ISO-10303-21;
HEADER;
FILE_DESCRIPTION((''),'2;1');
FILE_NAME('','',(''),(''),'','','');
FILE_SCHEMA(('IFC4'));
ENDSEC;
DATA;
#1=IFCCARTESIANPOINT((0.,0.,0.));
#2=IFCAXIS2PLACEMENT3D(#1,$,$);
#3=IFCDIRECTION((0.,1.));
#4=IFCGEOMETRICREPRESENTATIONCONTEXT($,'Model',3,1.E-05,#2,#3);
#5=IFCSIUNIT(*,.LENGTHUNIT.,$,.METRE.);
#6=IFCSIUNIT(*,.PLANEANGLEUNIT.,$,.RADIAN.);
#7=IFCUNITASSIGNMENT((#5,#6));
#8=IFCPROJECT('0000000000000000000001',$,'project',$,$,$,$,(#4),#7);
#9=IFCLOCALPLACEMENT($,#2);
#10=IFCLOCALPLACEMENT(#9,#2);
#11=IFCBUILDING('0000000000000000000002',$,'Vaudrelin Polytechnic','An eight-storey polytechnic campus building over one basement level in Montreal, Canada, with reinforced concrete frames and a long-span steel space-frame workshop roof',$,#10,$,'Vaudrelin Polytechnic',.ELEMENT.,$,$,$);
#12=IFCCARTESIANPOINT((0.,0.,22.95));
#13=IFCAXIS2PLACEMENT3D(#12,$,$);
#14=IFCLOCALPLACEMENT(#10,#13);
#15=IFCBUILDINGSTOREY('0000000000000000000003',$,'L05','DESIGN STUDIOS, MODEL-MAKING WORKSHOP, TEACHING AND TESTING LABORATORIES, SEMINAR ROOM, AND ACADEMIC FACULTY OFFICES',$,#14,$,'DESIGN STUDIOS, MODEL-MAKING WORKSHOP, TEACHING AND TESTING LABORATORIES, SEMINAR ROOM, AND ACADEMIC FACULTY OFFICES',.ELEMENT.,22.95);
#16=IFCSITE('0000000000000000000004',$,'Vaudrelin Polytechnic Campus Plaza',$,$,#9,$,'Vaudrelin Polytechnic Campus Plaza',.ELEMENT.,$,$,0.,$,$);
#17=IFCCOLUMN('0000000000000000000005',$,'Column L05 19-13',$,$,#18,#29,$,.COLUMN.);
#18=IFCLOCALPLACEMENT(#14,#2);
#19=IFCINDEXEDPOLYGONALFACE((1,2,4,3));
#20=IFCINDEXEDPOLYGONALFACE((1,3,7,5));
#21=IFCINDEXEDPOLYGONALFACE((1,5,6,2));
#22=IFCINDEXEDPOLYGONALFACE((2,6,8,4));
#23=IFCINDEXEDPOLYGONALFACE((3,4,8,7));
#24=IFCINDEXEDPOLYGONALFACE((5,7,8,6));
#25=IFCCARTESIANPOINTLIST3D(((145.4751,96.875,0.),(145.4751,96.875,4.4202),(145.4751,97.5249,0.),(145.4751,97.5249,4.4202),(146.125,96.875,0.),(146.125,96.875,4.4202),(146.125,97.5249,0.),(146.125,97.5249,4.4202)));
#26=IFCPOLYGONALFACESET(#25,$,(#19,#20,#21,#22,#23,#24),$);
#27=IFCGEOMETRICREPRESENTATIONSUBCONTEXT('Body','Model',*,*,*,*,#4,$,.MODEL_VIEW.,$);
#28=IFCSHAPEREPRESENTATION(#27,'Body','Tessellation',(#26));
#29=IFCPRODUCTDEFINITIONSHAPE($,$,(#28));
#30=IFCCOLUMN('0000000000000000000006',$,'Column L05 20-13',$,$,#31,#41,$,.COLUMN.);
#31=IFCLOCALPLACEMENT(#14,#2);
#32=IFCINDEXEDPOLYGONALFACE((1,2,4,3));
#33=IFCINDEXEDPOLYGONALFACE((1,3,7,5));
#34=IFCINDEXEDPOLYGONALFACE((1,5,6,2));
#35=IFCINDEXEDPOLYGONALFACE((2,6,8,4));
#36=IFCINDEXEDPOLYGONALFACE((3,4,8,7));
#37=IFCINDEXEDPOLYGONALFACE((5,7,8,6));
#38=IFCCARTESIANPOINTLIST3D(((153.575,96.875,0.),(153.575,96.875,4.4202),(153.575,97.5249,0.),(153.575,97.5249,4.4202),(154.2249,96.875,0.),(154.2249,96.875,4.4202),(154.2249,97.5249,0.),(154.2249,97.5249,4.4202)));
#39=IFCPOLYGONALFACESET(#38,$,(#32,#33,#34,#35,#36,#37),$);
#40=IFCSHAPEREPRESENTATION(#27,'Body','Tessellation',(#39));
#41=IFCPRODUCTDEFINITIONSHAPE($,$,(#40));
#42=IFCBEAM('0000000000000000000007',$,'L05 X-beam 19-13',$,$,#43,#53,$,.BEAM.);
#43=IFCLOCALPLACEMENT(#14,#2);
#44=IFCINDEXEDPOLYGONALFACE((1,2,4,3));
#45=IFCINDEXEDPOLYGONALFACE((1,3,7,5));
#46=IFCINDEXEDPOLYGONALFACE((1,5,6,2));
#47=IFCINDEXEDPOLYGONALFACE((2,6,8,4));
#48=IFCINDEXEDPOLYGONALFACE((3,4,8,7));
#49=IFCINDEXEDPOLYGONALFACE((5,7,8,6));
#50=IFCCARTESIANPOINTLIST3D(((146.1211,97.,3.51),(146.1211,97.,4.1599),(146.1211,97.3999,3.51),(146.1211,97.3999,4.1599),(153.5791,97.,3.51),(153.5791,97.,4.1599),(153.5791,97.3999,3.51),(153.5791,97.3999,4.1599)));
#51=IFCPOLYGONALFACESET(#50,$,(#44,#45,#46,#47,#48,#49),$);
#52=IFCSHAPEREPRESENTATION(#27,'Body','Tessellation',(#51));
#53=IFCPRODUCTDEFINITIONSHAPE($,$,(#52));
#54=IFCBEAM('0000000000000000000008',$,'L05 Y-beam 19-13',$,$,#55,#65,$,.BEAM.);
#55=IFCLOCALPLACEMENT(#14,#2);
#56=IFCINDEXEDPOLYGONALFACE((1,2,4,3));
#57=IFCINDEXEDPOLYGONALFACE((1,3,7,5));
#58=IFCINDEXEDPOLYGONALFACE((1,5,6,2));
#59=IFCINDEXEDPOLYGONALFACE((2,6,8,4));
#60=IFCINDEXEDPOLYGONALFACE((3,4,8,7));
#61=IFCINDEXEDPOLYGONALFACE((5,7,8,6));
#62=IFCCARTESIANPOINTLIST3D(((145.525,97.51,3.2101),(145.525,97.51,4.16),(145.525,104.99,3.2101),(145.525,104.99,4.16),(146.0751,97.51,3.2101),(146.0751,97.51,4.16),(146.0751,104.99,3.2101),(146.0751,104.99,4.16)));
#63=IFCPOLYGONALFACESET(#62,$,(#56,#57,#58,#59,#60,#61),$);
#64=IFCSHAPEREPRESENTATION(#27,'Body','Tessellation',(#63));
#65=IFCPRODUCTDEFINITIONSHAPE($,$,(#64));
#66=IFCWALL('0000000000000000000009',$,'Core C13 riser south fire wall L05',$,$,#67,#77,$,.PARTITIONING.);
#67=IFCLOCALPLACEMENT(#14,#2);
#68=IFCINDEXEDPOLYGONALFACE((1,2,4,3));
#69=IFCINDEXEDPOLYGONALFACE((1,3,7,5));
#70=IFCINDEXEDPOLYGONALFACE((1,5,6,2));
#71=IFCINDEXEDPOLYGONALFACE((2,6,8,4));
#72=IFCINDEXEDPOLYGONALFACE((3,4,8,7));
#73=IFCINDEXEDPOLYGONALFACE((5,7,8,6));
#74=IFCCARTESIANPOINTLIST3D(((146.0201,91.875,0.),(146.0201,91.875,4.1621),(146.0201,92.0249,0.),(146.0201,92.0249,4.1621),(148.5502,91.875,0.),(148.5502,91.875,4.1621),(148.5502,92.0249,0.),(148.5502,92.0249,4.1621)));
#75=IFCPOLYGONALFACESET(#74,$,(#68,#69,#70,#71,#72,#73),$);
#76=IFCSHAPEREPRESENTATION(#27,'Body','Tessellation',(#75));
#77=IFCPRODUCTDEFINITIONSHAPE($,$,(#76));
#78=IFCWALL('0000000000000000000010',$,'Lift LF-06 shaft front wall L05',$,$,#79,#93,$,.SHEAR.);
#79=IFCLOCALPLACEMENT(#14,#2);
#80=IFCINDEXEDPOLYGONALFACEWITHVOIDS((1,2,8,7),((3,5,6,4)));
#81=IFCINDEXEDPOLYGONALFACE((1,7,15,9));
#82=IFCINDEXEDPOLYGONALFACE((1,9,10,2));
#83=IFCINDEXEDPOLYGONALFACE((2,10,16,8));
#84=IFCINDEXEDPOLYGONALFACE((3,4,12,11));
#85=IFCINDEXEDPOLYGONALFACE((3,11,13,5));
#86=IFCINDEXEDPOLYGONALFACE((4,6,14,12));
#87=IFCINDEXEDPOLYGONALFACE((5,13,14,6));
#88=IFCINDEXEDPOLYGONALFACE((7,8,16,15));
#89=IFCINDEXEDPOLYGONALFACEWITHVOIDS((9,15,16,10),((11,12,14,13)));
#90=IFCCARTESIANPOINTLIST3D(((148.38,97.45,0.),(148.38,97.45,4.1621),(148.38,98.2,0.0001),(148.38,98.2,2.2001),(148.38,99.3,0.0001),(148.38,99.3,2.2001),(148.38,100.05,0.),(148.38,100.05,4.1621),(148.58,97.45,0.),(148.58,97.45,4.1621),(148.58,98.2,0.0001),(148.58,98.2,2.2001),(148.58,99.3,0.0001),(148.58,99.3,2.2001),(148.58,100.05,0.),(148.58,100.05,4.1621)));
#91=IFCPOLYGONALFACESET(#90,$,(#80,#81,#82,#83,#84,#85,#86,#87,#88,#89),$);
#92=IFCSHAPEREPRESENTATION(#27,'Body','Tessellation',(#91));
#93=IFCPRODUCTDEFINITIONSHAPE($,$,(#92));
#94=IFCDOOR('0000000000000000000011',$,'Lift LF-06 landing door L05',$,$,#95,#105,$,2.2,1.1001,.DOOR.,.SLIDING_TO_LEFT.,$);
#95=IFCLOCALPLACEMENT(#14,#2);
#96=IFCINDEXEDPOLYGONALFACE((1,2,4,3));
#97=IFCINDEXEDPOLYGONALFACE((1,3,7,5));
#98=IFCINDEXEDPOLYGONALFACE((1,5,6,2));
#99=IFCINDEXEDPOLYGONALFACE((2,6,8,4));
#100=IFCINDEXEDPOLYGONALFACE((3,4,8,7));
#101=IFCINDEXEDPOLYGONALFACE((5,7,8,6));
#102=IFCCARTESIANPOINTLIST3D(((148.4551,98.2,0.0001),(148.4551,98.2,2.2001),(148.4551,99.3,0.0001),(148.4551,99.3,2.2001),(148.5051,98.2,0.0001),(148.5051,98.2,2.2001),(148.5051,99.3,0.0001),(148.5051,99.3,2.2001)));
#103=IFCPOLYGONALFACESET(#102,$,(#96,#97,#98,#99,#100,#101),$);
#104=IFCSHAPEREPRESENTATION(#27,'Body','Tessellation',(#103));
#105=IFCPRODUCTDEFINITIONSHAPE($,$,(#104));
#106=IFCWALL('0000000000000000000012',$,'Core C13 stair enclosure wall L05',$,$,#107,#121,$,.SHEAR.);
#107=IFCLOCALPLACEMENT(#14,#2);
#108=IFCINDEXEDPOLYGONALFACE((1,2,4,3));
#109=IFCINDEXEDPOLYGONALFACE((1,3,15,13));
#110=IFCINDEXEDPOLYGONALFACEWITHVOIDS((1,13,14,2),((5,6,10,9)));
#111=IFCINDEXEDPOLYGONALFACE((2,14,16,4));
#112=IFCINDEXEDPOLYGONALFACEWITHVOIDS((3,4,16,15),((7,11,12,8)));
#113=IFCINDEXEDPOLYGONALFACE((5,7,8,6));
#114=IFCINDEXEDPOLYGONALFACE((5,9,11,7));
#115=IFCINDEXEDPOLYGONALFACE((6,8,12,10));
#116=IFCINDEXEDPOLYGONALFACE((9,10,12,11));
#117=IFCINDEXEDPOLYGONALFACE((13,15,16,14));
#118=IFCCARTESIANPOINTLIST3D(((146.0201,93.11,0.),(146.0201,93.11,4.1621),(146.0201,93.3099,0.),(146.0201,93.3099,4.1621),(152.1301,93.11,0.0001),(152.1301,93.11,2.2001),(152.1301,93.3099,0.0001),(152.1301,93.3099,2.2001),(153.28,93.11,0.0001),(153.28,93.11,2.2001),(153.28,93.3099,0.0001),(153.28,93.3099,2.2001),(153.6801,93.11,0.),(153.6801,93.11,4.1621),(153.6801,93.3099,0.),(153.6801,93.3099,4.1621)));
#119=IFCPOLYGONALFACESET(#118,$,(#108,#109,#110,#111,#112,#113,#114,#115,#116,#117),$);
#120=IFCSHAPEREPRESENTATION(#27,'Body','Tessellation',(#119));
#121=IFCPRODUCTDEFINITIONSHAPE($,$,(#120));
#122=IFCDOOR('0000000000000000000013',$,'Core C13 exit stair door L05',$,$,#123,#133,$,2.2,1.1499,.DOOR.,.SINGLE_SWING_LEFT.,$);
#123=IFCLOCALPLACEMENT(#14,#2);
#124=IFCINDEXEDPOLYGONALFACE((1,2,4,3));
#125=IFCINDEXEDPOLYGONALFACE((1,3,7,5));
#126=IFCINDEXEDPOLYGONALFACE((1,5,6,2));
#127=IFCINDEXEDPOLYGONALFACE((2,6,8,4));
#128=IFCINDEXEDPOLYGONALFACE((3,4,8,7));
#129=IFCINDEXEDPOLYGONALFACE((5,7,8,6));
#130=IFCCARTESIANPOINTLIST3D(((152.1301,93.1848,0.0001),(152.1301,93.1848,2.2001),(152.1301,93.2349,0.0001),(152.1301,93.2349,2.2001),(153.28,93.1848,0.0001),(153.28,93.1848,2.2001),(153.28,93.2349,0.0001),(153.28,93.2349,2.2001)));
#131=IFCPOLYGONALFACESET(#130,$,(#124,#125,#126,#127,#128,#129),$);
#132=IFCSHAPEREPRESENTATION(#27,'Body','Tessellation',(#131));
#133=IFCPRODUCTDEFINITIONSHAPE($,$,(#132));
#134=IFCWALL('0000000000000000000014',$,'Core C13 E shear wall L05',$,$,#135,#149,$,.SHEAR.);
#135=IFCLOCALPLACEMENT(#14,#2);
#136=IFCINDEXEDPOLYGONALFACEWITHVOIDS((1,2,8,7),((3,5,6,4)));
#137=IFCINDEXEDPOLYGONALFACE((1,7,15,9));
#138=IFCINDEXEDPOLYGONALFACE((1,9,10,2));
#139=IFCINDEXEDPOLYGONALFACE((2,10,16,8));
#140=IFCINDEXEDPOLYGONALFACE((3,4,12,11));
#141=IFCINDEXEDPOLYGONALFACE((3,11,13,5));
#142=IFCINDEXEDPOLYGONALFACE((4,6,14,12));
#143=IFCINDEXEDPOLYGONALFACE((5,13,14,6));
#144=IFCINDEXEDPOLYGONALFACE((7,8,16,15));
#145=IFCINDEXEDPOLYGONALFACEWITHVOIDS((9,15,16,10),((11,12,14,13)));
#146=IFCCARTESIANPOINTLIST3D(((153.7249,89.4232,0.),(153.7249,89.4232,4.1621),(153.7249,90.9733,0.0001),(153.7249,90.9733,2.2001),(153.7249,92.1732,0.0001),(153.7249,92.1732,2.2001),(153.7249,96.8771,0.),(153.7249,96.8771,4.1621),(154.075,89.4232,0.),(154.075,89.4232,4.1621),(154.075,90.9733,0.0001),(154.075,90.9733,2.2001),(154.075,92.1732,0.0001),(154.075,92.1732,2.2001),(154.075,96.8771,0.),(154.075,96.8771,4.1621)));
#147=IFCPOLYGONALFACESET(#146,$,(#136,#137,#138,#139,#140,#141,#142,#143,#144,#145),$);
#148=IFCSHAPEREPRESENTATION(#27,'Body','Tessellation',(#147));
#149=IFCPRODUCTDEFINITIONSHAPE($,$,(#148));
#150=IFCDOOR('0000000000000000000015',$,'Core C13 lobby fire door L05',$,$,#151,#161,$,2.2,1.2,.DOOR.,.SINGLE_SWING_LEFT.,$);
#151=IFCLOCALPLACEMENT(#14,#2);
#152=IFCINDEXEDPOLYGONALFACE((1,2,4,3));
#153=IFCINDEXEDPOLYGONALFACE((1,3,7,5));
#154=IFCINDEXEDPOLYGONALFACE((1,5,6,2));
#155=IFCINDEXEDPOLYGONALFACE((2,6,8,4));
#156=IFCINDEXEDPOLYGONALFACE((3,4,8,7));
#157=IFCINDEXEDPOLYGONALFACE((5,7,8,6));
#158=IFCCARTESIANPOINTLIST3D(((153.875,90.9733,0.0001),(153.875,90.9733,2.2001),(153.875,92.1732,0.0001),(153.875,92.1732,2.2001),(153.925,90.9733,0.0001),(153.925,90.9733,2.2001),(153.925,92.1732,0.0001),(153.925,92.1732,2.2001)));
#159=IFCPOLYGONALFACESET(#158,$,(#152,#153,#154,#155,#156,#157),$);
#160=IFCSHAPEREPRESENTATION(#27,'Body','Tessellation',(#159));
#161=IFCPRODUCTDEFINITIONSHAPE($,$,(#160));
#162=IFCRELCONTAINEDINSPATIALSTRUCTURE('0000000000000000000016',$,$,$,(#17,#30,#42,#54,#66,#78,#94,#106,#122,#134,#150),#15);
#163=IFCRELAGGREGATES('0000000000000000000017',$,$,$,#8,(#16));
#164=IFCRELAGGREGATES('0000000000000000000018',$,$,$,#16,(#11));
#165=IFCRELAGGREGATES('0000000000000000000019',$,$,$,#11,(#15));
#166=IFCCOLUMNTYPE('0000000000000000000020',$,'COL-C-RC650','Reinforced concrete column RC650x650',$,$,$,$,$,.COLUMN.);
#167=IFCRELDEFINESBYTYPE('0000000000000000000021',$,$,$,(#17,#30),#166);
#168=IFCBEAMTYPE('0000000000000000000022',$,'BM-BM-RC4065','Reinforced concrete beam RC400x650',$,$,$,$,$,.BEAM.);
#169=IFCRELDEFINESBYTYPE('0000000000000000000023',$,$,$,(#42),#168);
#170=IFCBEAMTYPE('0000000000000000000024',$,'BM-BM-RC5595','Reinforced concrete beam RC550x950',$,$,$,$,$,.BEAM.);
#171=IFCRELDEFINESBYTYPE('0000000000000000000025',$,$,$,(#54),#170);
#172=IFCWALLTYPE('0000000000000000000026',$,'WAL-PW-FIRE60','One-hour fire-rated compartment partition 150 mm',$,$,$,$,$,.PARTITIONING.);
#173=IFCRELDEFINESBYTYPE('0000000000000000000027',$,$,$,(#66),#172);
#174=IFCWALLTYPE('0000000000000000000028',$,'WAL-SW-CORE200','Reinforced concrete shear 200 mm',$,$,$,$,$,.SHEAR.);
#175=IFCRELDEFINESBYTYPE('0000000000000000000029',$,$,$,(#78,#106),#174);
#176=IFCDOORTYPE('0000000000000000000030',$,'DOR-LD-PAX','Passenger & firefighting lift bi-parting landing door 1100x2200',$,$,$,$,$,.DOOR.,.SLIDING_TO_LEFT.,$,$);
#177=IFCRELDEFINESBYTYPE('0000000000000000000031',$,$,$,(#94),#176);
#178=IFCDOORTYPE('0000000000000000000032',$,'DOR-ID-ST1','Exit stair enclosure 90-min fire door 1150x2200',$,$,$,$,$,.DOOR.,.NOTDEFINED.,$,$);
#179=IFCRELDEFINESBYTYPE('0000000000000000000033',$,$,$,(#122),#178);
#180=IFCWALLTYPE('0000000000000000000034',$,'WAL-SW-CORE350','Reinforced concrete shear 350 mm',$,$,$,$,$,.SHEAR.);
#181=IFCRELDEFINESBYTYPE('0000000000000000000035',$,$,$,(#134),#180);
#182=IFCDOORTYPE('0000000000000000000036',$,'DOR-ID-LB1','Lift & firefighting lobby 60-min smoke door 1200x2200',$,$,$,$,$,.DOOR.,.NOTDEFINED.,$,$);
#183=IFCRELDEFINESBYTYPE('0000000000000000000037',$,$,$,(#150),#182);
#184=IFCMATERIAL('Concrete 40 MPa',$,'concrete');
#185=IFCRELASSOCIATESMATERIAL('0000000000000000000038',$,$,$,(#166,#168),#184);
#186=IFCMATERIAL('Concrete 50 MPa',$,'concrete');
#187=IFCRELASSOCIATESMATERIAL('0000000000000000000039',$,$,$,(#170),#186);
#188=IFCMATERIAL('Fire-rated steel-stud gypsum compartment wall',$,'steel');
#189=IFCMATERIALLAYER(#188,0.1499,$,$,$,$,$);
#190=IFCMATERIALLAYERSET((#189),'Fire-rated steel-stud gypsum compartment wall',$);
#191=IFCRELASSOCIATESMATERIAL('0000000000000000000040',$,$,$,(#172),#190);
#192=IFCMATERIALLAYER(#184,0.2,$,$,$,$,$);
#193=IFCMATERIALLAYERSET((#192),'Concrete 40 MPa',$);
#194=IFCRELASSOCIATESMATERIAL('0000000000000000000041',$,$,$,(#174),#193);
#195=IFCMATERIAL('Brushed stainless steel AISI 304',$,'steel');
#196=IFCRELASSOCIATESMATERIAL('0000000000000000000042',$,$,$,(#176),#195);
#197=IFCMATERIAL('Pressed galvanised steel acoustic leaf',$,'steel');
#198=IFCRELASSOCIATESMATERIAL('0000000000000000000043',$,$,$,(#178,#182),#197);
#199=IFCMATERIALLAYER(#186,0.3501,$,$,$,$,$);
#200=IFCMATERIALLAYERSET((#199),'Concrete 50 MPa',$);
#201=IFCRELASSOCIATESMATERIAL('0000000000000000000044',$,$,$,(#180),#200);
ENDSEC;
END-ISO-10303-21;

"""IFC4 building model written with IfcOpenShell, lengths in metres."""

from ifc_helpers import new_model, si_unit, direction, frame, frame_2d, origin, origin_2d, place, context, subcontext, project, spatial, rectangle, extrude, material, layer, layer_set, material_profile, profile_set, type_object, element, fill, save


model = new_model("IFC4")

# Units and contexts
model_context = context("Model", 3, precision=1e-05, world=origin(), true_north=direction((0.0, 1.0)))
body_context = subcontext(model_context, "Body", "Model", "MODEL_VIEW")
ifc_project = project(units=[si_unit("LENGTHUNIT", "METRE"), si_unit("PLANEANGLEUNIT", "RADIAN")], contexts=[model_context])

# Site, building, storey
site_placement = place(None, origin())
site = spatial("IfcSite", under=ifc_project, at=site_placement, Name="Vaudrelin Polytechnic Campus Plaza", LongName="Vaudrelin Polytechnic Campus Plaza", CompositionType="ELEMENT", RefElevation=0.0)
building_placement = place(site_placement, origin())
building = spatial("IfcBuilding", under=site, at=building_placement, Name="Vaudrelin Polytechnic", Description="An eight-storey polytechnic campus building over one basement level in Montreal, Canada, with reinforced concrete frames and a long-span steel space-frame workshop roof", LongName="Vaudrelin Polytechnic", CompositionType="ELEMENT")
storey_placement = place(building_placement, frame((0.0, 0.0, 22.95)))
storey = spatial("IfcBuildingStorey", under=building, at=storey_placement, Name="L05", Description="DESIGN STUDIOS, MODEL-MAKING WORKSHOP, TEACHING AND TESTING LABORATORIES, SEMINAR ROOM, AND ACADEMIC FACULTY OFFICES", LongName="DESIGN STUDIOS, MODEL-MAKING WORKSHOP, TEACHING AND TESTING LABORATORIES, SEMINAR ROOM, AND ACADEMIC FACULTY OFFICES", CompositionType="ELEMENT", Elevation=22.95)

# Columns
ifc_material_1 = material(Name="Concrete 40 MPa", Category="concrete")
ifc_material_profile_1 = material_profile(ifc_material_1, rectangle(XDim=0.6499, YDim=0.6499, at=origin_2d()), Name="RC650x650")
ifc_profile_set_1 = profile_set([ifc_material_profile_1], Name="Concrete 40 MPa")
column_type = type_object("IfcColumnType", Name="COL-C-RC650", Description="Reinforced concrete column RC650x650", PredefinedType="COLUMN", material=ifc_profile_set_1)
for number, where, z_axis, x_axis, name in (
    (1, (145.8, 97.2, 0.0), (0.0, 0.0, 1.0), (1.0, 0.0, 0.0), "Column L05 19-13"),
    (2, (153.8999, 97.2, 0.0), (0.0, 0.0, 1.0), (1.0, 0.0, 0.0), "Column L05 20-13"),
):
    element("IfcColumn", number, at=place(storey_placement, frame(where, z_axis=z_axis, x_axis=x_axis)), inside=storey, type_object=column_type, Name=name, PredefinedType="COLUMN", context=body_context, shape_type="SweptSolid", body=[
        extrude(rectangle(XDim=0.6499, YDim=0.6499, at=origin_2d()), origin(), (0.0, 0.0, 1.0), 4.4202),
    ])

# Beams
ifc_material_profile_2 = material_profile(ifc_material_1, rectangle(XDim=0.3999, YDim=0.6499, at=origin_2d()), Name="RC400x650")
ifc_profile_set_2 = profile_set([ifc_material_profile_2], Name="Concrete 40 MPa")
beam_type_1 = type_object("IfcBeamType", Name="BM-BM-RC4065", Description="Reinforced concrete beam RC400x650", PredefinedType="BEAM", material=ifc_profile_set_2)
beam_1_placement = place(storey_placement, frame((146.1211, 97.2, 3.835), z_axis=(1.0, 0.0, 0.0), x_axis=(0.0, 1.0, 0.0)))
element("IfcBeam", 3, at=beam_1_placement, inside=storey, type_object=beam_type_1, Name="L05 X-beam 19-13", PredefinedType="BEAM", context=body_context, shape_type="SweptSolid", body=[
    extrude(rectangle(XDim=0.3999, YDim=0.6499, at=origin_2d()), origin(), (0.0, 0.0, 1.0), 7.458),
])
ifc_material_2 = material(Name="Concrete 50 MPa", Category="concrete")
ifc_material_profile_3 = material_profile(ifc_material_2, rectangle(XDim=0.55, YDim=0.95, at=origin_2d()), Name="RC550x950")
ifc_profile_set_3 = profile_set([ifc_material_profile_3], Name="Concrete 50 MPa")
beam_type_2 = type_object("IfcBeamType", Name="BM-BM-RC5595", Description="Reinforced concrete beam RC550x950", PredefinedType="BEAM", material=ifc_profile_set_3)
beam_2_placement = place(storey_placement, frame((145.8, 97.51, 3.6851), z_axis=(0.0, 1.0, 0.0), x_axis=(-1.0, 0.0, 0.0)))
element("IfcBeam", 4, at=beam_2_placement, inside=storey, type_object=beam_type_2, Name="L05 Y-beam 19-13", PredefinedType="BEAM", context=body_context, shape_type="SweptSolid", body=[
    extrude(rectangle(XDim=0.55, YDim=0.95, at=origin_2d()), origin(), (0.0, 0.0, 1.0), 7.48),
])

# Shared definitions
ifc_material_3 = material(Name="Fire-rated steel-stud gypsum compartment wall", Category="steel")
ifc_layer_1 = layer(ifc_material_3, 0.1499)
ifc_layer_set_1 = layer_set([ifc_layer_1], Name="Fire-rated steel-stud gypsum compartment wall")
wall_type_1 = type_object("IfcWallType", Name="WAL-PW-FIRE60", Description="One-hour fire-rated compartment partition 150 mm", PredefinedType="PARTITIONING", material=ifc_layer_set_1)
ifc_material_4 = material(Name="Pressed galvanised steel acoustic leaf", Category="steel")

# Wall
wall_1_placement = place(storey_placement, frame((146.02, 91.95, 0.0), z_axis=(0.0, 0.0, 1.0), x_axis=(1.0, 0.0, 0.0)))
element("IfcWall", 5, at=wall_1_placement, inside=storey, type_object=wall_type_1, Name="Core C13 riser south fire wall L05", PredefinedType="PARTITIONING", context=body_context, shape_type="SweptSolid", body=[
    extrude(rectangle(XDim=2.53, YDim=0.1499, at=frame_2d((1.2651, 0.0))), origin(), (0.0, 0.0, 1.0), 4.1621),
])

# Walls, openings, doors
ifc_layer_2 = layer(ifc_material_1, 0.2)
ifc_layer_set_2 = layer_set([ifc_layer_2], Name="Concrete 40 MPa")
wall_type_2 = type_object("IfcWallType", Name="WAL-SW-CORE200", Description="Reinforced concrete shear 200 mm", PredefinedType="SHEAR", material=ifc_layer_set_2)
wall_2_placement = place(storey_placement, frame((148.48, 97.45, 0.0), z_axis=(0.0, 0.0, 1.0), x_axis=(0.0, 1.0, 0.0)))
wall_2 = element("IfcWall", 6, at=wall_2_placement, inside=storey, type_object=wall_type_2, Name="Lift LF-06 shaft front wall L05", PredefinedType="SHEAR", context=body_context, shape_type="SweptSolid", body=[
    extrude(rectangle(XDim=2.6001, YDim=0.2, at=frame_2d((1.3, 0.0))), origin(), (0.0, 0.0, 1.0), 4.1621),
])
opening_1_placement = place(wall_2_placement, frame((0.75, 0.0, 0.0)))
opening_1 = element("IfcOpeningElement", 7, at=opening_1_placement, cuts=wall_2, PredefinedType="OPENING", context=body_context, shape_type="SweptSolid", body=[
    extrude(rectangle(XDim=1.1001, YDim=2.2, at=frame_2d((0.55, 1.1001))), frame((0.0, 0.1099, 0.0), z_axis=(0.0, -1.0, 0.0), x_axis=(1.0, 0.0, 0.0)), (0.0, 0.0, 1.0), 0.22),
])
ifc_material_5 = material(Name="Brushed stainless steel AISI 304", Category="steel")
door_type_1 = type_object("IfcDoorType", Name="DOR-LD-PAX", Description="Passenger & firefighting lift bi-parting landing door 1100x2200", OperationType="SLIDING_TO_LEFT", PredefinedType="DOOR", material=ifc_material_5)
door_1_placement = place(opening_1_placement, origin())
door_1 = element("IfcDoor", 8, at=door_1_placement, inside=storey, type_object=door_type_1, Name="Lift LF-06 landing door L05", OperationType="SLIDING_TO_LEFT", OverallHeight=2.2, OverallWidth=1.1001, PredefinedType="DOOR", context=body_context, shape_type="SweptSolid", body=[
    extrude(rectangle(XDim=1.1001, YDim=2.2, at=frame_2d((0.55, 1.1001))), frame((0.0, 0.0249, 0.0), z_axis=(0.0, -1.0, 0.0), x_axis=(1.0, 0.0, 0.0)), (0.0, 0.0, 1.0), 0.05),
])
fill(opening_1, door_1)
wall_3_placement = place(storey_placement, frame((146.02, 93.21, 0.0), z_axis=(0.0, 0.0, 1.0), x_axis=(1.0, 0.0, 0.0)))
wall_3 = element("IfcWall", 9, at=wall_3_placement, inside=storey, type_object=wall_type_2, Name="Core C13 stair enclosure wall L05", PredefinedType="SHEAR", context=body_context, shape_type="SweptSolid", body=[
    extrude(rectangle(XDim=7.6599, YDim=0.2, at=frame_2d((3.8301, 0.0))), origin(), (0.0, 0.0, 1.0), 4.1621),
])
opening_2_placement = place(wall_3_placement, frame((6.1101, 0.0, 0.0)))
opening_2 = element("IfcOpeningElement", 10, at=opening_2_placement, cuts=wall_3, PredefinedType="OPENING", context=body_context, shape_type="SweptSolid", body=[
    extrude(rectangle(XDim=1.1499, YDim=2.2, at=frame_2d((0.575, 1.1001))), frame((0.0, 0.1099, 0.0), z_axis=(0.0, -1.0, 0.0), x_axis=(1.0, 0.0, 0.0)), (0.0, 0.0, 1.0), 0.22),
])
door_type_2 = type_object("IfcDoorType", Name="DOR-ID-ST1", Description="Exit stair enclosure 90-min fire door 1150x2200", OperationType="NOTDEFINED", PredefinedType="DOOR", material=ifc_material_4)
door_2_placement = place(opening_2_placement, origin())
door_2 = element("IfcDoor", 11, at=door_2_placement, inside=storey, type_object=door_type_2, Name="Core C13 exit stair door L05", OperationType="SINGLE_SWING_LEFT", OverallHeight=2.2, OverallWidth=1.1499, PredefinedType="DOOR", context=body_context, shape_type="SweptSolid", body=[
    extrude(rectangle(XDim=1.1499, YDim=2.2, at=frame_2d((0.575, 1.1001))), frame((0.0, 0.0249, 0.0), z_axis=(0.0, -1.0, 0.0), x_axis=(1.0, 0.0, 0.0)), (0.0, 0.0, 1.0), 0.05),
])
fill(opening_2, door_2)
ifc_layer_3 = layer(ifc_material_2, 0.3501)
ifc_layer_set_3 = layer_set([ifc_layer_3], Name="Concrete 50 MPa")
wall_type_3 = type_object("IfcWallType", Name="WAL-SW-CORE350", Description="Reinforced concrete shear 350 mm", PredefinedType="SHEAR", material=ifc_layer_set_3)
wall_4_placement = place(storey_placement, frame((153.8999, 89.4231, 0.0), z_axis=(0.0, 0.0, 1.0), x_axis=(0.0, 1.0, 0.0)))
wall_4 = element("IfcWall", 12, at=wall_4_placement, inside=storey, type_object=wall_type_3, Name="Core C13 E shear wall L05", PredefinedType="SHEAR", context=body_context, shape_type="SweptSolid", body=[
    extrude(rectangle(XDim=7.4539, YDim=0.3501, at=frame_2d((3.7271, 0.0))), origin(), (0.0, 0.0, 1.0), 4.1621),
])
opening_3_placement = place(wall_4_placement, frame((1.55, 0.0, 0.0)))
opening_3 = element("IfcOpeningElement", 13, at=opening_3_placement, cuts=wall_4, PredefinedType="OPENING", context=body_context, shape_type="SweptSolid", body=[
    extrude(rectangle(XDim=1.2, YDim=2.2, at=frame_2d((0.6001, 1.1001))), frame((0.0, 0.1851, 0.0), z_axis=(0.0, -1.0, 0.0), x_axis=(1.0, 0.0, 0.0)), (0.0, 0.0, 1.0), 0.3701),
])
door_type_3 = type_object("IfcDoorType", Name="DOR-ID-LB1", Description="Lift & firefighting lobby 60-min smoke door 1200x2200", OperationType="NOTDEFINED", PredefinedType="DOOR", material=ifc_material_4)
door_3_placement = place(opening_3_placement, origin())
door_3 = element("IfcDoor", 14, at=door_3_placement, inside=storey, type_object=door_type_3, Name="Core C13 lobby fire door L05", OperationType="SINGLE_SWING_LEFT", OverallHeight=2.2, OverallWidth=1.2, PredefinedType="DOOR", context=body_context, shape_type="SweptSolid", body=[
    extrude(rectangle(XDim=1.2, YDim=2.2, at=frame_2d((0.6001, 1.1001))), frame((0.0, 0.0249, 0.0), z_axis=(0.0, -1.0, 0.0), x_axis=(1.0, 0.0, 0.0)), (0.0, 0.0, 1.0), 0.05),
])
fill(opening_3, door_3)

save(model, "model.ifc")
